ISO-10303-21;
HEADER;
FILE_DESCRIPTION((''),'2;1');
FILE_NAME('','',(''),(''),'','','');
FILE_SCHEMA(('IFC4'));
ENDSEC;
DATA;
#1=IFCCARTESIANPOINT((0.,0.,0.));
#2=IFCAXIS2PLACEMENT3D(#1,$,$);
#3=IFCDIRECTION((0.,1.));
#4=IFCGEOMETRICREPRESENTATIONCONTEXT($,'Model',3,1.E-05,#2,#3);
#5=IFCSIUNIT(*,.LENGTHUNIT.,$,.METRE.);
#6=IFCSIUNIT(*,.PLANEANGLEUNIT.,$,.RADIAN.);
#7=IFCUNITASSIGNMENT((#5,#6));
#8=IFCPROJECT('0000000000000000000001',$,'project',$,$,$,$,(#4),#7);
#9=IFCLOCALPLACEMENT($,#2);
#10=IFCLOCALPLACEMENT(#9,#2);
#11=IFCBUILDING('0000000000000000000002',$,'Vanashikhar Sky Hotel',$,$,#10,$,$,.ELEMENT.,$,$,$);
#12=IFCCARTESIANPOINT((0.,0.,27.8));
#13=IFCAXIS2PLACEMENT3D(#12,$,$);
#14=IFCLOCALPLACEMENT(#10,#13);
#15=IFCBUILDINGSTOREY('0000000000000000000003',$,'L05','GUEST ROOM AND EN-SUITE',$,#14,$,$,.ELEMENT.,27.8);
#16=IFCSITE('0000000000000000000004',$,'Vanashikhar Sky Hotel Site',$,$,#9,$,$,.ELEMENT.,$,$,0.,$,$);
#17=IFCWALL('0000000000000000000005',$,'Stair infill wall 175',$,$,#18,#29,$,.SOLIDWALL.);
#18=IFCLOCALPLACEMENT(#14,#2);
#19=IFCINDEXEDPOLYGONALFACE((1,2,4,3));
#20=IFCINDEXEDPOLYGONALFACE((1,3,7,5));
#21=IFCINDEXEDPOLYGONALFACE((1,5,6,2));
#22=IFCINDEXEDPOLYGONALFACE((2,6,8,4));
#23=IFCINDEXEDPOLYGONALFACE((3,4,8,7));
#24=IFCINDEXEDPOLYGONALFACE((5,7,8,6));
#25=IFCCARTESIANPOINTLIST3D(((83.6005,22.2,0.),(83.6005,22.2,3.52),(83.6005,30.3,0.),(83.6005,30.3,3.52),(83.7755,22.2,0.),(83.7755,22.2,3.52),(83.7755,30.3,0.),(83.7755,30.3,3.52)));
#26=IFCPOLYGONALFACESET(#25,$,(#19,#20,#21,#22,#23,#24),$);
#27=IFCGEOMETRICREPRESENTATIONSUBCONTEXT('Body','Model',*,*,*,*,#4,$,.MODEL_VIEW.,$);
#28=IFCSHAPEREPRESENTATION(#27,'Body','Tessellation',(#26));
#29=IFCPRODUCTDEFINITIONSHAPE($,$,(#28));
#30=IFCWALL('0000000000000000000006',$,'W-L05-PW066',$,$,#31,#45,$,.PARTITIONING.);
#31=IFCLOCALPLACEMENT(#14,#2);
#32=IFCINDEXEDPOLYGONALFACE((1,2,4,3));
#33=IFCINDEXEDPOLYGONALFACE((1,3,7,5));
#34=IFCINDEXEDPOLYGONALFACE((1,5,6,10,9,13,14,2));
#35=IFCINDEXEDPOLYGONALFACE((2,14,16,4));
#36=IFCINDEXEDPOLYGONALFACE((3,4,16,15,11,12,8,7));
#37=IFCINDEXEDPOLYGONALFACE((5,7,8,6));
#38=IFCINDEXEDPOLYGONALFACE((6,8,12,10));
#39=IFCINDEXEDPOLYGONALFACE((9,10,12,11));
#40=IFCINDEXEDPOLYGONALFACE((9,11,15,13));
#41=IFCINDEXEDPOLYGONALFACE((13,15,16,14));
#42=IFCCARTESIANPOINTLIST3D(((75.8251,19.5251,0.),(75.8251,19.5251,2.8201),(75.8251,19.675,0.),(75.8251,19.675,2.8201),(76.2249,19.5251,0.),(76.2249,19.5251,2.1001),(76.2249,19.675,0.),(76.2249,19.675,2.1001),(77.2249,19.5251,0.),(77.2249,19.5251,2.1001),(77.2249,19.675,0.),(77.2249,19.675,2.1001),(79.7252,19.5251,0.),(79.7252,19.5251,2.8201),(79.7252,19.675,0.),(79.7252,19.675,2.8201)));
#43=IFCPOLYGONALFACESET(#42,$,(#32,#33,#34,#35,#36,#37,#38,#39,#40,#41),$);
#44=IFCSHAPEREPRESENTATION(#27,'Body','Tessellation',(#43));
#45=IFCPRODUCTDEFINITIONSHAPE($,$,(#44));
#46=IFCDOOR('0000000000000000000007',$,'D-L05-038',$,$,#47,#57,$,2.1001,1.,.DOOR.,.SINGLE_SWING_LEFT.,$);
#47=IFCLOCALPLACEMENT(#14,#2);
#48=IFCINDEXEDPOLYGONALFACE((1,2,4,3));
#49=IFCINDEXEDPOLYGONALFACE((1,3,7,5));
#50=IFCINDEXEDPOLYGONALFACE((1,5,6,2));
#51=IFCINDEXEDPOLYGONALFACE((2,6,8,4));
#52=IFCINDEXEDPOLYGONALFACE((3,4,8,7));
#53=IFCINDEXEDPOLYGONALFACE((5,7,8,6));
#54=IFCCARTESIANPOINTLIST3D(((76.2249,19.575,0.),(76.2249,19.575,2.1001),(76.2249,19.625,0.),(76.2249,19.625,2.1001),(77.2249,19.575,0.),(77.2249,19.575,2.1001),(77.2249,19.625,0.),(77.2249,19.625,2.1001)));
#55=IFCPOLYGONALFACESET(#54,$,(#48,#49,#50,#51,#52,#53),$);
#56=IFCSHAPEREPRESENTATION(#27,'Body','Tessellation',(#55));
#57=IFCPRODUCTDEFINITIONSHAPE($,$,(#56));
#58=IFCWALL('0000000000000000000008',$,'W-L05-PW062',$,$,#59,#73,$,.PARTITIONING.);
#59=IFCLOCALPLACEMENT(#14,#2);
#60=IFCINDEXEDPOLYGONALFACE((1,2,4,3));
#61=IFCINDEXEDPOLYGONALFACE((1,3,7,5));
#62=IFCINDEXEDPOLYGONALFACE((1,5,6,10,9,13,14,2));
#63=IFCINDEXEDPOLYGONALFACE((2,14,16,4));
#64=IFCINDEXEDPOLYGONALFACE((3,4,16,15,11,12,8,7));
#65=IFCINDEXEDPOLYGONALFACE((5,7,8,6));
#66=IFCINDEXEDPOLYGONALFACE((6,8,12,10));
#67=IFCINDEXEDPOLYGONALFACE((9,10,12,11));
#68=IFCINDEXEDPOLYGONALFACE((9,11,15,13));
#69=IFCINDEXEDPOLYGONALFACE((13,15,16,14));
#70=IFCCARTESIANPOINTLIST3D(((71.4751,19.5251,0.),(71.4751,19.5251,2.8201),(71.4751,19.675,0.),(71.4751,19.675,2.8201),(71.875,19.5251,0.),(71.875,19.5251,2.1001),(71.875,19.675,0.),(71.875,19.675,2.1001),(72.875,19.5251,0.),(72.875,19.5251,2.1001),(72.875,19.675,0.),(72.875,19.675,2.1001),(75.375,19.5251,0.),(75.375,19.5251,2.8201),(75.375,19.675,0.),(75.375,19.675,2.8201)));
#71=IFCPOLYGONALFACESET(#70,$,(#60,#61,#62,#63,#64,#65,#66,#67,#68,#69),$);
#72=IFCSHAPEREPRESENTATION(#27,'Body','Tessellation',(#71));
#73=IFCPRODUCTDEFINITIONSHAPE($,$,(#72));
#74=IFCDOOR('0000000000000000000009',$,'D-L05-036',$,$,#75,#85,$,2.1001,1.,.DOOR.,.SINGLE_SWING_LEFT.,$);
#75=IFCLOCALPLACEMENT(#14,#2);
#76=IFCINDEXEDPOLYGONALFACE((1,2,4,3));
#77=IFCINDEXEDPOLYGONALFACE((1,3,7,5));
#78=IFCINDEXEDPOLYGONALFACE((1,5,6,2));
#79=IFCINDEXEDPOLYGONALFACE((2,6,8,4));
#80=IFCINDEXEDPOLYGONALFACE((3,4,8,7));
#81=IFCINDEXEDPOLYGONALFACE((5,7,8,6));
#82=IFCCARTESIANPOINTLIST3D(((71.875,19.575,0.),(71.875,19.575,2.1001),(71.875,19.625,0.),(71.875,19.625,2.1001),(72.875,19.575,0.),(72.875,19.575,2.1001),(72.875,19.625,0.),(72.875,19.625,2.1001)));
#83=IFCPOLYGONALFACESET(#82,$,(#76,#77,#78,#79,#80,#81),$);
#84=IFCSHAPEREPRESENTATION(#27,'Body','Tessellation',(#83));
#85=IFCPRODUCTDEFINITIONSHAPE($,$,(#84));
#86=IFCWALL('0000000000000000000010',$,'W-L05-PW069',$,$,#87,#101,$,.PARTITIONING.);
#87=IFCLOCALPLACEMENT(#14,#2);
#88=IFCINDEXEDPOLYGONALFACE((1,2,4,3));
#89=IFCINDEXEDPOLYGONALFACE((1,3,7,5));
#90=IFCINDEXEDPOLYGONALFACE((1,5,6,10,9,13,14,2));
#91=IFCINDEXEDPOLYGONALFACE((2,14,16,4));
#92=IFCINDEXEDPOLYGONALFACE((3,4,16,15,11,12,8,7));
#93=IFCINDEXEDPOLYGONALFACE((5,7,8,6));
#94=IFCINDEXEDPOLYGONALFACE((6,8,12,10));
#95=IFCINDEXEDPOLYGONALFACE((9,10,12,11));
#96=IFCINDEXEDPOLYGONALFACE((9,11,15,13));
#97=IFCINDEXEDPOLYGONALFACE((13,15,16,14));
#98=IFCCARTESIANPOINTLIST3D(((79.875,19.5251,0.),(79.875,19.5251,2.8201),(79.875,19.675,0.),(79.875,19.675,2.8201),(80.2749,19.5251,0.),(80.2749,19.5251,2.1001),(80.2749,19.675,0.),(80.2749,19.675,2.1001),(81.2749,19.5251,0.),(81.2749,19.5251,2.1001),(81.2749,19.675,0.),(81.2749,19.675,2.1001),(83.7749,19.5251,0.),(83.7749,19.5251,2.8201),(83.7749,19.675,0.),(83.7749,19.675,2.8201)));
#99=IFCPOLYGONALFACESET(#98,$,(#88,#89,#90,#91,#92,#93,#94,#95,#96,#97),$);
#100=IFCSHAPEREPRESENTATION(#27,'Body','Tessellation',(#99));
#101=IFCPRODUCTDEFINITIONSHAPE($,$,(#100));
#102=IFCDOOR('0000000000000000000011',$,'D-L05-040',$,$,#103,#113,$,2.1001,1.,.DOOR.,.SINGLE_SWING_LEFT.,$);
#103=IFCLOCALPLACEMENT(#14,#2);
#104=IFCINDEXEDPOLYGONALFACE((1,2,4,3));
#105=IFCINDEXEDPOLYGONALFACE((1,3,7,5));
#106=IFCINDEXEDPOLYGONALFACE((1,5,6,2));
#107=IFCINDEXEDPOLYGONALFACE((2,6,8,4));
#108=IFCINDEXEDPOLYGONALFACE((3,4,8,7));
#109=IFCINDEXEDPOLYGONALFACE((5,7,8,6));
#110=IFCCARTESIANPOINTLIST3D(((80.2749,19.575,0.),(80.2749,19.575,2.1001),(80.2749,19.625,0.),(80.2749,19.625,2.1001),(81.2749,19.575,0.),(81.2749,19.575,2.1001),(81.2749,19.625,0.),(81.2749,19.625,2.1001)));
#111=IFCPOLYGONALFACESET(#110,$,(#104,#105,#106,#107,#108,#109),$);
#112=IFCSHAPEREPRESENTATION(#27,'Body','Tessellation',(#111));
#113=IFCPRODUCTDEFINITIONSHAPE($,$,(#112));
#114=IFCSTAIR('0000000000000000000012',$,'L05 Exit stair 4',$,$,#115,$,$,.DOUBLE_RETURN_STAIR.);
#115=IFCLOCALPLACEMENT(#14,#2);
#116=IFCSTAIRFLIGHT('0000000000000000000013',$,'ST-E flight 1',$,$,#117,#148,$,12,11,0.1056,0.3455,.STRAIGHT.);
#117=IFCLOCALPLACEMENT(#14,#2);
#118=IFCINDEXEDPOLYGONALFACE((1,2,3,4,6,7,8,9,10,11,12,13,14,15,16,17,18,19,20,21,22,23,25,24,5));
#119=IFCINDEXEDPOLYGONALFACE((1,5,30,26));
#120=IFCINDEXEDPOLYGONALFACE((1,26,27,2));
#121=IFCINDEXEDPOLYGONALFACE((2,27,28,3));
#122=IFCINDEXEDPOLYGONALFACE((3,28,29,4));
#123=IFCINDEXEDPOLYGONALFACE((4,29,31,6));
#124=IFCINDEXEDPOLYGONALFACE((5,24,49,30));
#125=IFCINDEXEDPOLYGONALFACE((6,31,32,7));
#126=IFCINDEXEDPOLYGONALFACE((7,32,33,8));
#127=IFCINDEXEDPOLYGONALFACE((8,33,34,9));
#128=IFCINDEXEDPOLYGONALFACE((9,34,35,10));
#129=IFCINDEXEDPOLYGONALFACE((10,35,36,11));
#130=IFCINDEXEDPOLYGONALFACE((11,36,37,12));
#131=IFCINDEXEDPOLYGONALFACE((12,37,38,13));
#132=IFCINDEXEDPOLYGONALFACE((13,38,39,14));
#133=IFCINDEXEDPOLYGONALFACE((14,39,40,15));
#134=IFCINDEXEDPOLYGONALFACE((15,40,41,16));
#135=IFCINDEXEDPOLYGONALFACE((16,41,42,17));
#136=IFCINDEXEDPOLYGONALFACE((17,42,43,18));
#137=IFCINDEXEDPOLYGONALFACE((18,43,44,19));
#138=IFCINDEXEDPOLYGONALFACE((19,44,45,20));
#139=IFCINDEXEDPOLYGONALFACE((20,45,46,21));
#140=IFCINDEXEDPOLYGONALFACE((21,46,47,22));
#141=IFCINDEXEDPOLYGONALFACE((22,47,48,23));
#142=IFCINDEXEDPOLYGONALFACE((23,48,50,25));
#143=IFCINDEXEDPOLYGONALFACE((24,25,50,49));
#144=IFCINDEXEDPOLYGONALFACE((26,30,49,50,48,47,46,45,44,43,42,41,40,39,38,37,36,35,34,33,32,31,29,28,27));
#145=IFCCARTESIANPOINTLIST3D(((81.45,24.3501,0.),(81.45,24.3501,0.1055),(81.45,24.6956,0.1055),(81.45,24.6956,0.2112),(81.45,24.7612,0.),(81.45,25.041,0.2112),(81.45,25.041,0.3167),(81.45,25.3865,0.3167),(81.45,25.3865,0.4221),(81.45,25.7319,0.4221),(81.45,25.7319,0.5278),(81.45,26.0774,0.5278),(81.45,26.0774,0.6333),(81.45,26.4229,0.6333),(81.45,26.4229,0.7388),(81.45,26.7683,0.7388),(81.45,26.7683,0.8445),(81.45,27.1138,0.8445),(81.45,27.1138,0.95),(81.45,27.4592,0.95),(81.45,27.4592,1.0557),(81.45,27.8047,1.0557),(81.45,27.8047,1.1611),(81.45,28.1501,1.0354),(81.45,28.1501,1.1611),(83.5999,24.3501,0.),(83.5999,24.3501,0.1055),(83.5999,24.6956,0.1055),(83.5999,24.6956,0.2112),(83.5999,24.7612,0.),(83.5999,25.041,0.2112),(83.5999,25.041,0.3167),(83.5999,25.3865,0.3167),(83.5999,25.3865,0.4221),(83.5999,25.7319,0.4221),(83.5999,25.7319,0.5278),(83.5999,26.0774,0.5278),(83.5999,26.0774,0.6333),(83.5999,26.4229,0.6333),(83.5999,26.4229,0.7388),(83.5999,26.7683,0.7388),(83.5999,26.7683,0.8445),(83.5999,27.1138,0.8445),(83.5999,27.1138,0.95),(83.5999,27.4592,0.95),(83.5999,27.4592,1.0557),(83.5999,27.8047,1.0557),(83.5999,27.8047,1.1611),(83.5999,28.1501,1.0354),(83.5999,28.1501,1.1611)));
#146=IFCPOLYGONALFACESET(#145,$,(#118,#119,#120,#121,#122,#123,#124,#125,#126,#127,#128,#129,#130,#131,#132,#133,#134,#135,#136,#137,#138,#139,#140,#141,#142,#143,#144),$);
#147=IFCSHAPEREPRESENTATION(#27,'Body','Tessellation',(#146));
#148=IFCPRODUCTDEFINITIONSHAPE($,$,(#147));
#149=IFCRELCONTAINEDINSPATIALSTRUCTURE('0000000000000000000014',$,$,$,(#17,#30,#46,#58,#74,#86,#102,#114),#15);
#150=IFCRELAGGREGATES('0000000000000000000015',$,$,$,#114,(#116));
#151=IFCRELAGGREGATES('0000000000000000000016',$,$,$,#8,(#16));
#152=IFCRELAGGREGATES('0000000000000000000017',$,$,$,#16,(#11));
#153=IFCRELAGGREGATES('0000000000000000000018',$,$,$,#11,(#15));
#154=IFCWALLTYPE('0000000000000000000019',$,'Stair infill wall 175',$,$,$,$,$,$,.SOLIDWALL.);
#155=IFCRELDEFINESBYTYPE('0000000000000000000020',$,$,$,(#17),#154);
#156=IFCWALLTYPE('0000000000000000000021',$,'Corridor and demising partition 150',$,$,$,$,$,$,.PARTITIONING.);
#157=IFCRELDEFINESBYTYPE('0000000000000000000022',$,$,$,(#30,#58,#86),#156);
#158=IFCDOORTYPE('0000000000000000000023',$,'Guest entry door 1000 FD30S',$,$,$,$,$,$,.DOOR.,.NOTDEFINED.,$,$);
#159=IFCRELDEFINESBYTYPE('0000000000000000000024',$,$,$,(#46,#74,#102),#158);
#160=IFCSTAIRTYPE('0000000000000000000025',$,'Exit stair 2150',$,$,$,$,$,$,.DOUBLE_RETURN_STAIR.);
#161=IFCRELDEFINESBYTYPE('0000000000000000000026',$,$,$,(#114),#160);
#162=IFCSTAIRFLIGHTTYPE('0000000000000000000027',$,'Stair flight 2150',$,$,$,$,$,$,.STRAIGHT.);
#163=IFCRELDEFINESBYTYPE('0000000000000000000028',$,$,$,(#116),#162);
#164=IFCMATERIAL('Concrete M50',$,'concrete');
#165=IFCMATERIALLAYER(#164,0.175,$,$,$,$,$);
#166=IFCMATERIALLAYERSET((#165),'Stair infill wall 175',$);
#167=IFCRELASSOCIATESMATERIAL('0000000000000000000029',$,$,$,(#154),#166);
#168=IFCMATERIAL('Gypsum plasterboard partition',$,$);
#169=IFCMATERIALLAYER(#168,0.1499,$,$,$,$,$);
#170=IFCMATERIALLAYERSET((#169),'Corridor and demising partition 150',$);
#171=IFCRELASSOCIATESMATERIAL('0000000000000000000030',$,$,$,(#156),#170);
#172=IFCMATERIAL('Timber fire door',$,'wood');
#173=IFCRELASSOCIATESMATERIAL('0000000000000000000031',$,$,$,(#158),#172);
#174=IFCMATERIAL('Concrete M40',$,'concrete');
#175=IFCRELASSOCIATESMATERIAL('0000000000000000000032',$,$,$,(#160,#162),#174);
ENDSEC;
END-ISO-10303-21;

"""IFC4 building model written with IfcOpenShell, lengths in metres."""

from ifc_helpers import new_model, si_unit, direction, frame, frame_2d, origin, place, context, subcontext, project, spatial, polyline, rectangle, outline, extrude, source, transform, mapped, material, layer, layer_set, type_object, element, fill, aggregate, save


model = new_model("IFC4")

# Units and contexts
model_context = context("Model", 3, precision=1e-05, world=origin(), true_north=direction((0.0, 1.0)))
body_context = subcontext(model_context, "Body", "Model", "MODEL_VIEW")
ifc_project = project(units=[si_unit("LENGTHUNIT", "METRE"), si_unit("PLANEANGLEUNIT", "RADIAN")], contexts=[model_context])

# Site, building, storey
site_placement = place(None, origin())
site = spatial("IfcSite", under=ifc_project, at=site_placement, Name="Vanashikhar Sky Hotel Site", CompositionType="ELEMENT", RefElevation=0.0)
building_placement = place(site_placement, origin())
building = spatial("IfcBuilding", under=site, at=building_placement, Name="Vanashikhar Sky Hotel", CompositionType="ELEMENT")
storey_placement = place(building_placement, frame((0.0, 0.0, 27.8)))
storey = spatial("IfcBuildingStorey", under=building, at=storey_placement, Name="L05", Description="GUEST ROOM AND EN-SUITE", CompositionType="ELEMENT", Elevation=27.8)

# Shared definitions
ifc_material_1 = material(Name="Concrete M50", Category="concrete")

# Shared definitions
shared_shape_1 = source(origin(), body_context, "Body", "SweptSolid", [
    extrude(rectangle(XDim=1.0, YDim=2.1001, at=frame_2d((0.5, 1.05))), frame((0.0, 0.0249, 0.0), z_axis=(0.0, -1.0, 0.0), x_axis=(1.0, 0.0, 0.0)), (0.0, 0.0, 1.0), 0.05),
])

# Wall
ifc_layer_1 = layer(ifc_material_1, 0.175)
ifc_layer_set_1 = layer_set([ifc_layer_1], Name="Stair infill wall 175")
wall_type_1 = type_object("IfcWallType", Name="Stair infill wall 175", PredefinedType="SOLIDWALL", material=ifc_layer_set_1)
shared_shape_2 = source(origin(), body_context, "Body", "SweptSolid", [
    extrude(rectangle(XDim=8.1001, YDim=0.175, at=frame_2d((4.05, 0.0))), origin(), (0.0, 0.0, 1.0), 3.52),
])
wall_1_placement = place(storey_placement, frame((83.688, 22.2, 0.0), z_axis=(0.0, 0.0, 1.0), x_axis=(0.0, 1.0, 0.0)))
element("IfcWall", 1, at=wall_1_placement, inside=storey, type_object=wall_type_1, Name="Stair infill wall 175", PredefinedType="SOLIDWALL", context=body_context, shape_type="MappedRepresentation", body=[
    mapped(shared_shape_2, transform((0.0, 0.0, 0.0), scale=1.0)),
])

# Walls, openings, doors
ifc_material_2 = material(Name="Gypsum plasterboard partition")
ifc_layer_2 = layer(ifc_material_2, 0.1499)
ifc_layer_set_2 = layer_set([ifc_layer_2], Name="Corridor and demising partition 150")
wall_type_2 = type_object("IfcWallType", Name="Corridor and demising partition 150", PredefinedType="PARTITIONING", material=ifc_layer_set_2)
shared_shape_3 = source(origin(), body_context, "Body", "SweptSolid", [
    extrude(rectangle(XDim=3.9001, YDim=0.1499, at=frame_2d((1.9502, 0.0))), origin(), (0.0, 0.0, 1.0), 2.8201),
])
wall_2_placement = place(storey_placement, frame((75.825, 19.6001, 0.0), z_axis=(0.0, 0.0, 1.0), x_axis=(1.0, 0.0, 0.0)))
wall_2 = element("IfcWall", 2, at=wall_2_placement, inside=storey, type_object=wall_type_2, Name="W-L05-PW066", PredefinedType="PARTITIONING", context=body_context, shape_type="MappedRepresentation", body=[
    mapped(shared_shape_3, transform((0.0, 0.0, 0.0), scale=1.0)),
])
shared_shape_4 = source(origin(), body_context, "Body", "SweptSolid", [
    extrude(rectangle(XDim=1.0, YDim=2.1001, at=frame_2d((0.5, 1.05))), frame((0.0, 0.085, 0.0), z_axis=(0.0, -1.0, 0.0), x_axis=(1.0, 0.0, 0.0)), (0.0, 0.0, 1.0), 0.1699),
])
opening_1_placement = place(wall_2_placement, frame((0.3999, 0.0, 0.0)))
opening_1 = element("IfcOpeningElement", 3, at=opening_1_placement, cuts=wall_2, PredefinedType="OPENING", context=body_context, shape_type="MappedRepresentation", body=[
    mapped(shared_shape_4, transform((0.0, 0.0, 0.0), scale=1.0)),
])
ifc_material_3 = material(Name="Timber fire door", Category="wood")
door_type_1 = type_object("IfcDoorType", Name="Guest entry door 1000 FD30S", OperationType="NOTDEFINED", PredefinedType="DOOR", material=ifc_material_3)
door_1_placement = place(opening_1_placement, origin())
door_1 = element("IfcDoor", 4, at=door_1_placement, inside=storey, type_object=door_type_1, Name="D-L05-038", OperationType="SINGLE_SWING_LEFT", OverallHeight=2.1001, OverallWidth=1.0, PredefinedType="DOOR", context=body_context, shape_type="MappedRepresentation", body=[
    mapped(shared_shape_1, transform((0.0, 0.0, 0.0), scale=1.0)),
])
fill(opening_1, door_1)
shared_shape_5 = source(origin(), body_context, "Body", "SweptSolid", [
    extrude(rectangle(XDim=3.8999, YDim=0.1499, at=frame_2d((1.95, 0.0))), origin(), (0.0, 0.0, 1.0), 2.8201),
])
wall_3_placement = place(storey_placement, frame((71.4751, 19.6001, 0.0), z_axis=(0.0, 0.0, 1.0), x_axis=(1.0, 0.0, 0.0)))
wall_3 = element("IfcWall", 5, at=wall_3_placement, inside=storey, type_object=wall_type_2, Name="W-L05-PW062", PredefinedType="PARTITIONING", context=body_context, shape_type="MappedRepresentation", body=[
    mapped(shared_shape_5, transform((0.0, 0.0, 0.0), scale=1.0)),
])
opening_2_placement = place(wall_3_placement, frame((0.3999, 0.0, 0.0)))
opening_2 = element("IfcOpeningElement", 6, at=opening_2_placement, cuts=wall_3, PredefinedType="OPENING", context=body_context, shape_type="MappedRepresentation", body=[
    mapped(shared_shape_4, transform((0.0, 0.0, 0.0), scale=1.0)),
])
door_2_placement = place(opening_2_placement, origin())
door_2 = element("IfcDoor", 7, at=door_2_placement, inside=storey, type_object=door_type_1, Name="D-L05-036", OperationType="SINGLE_SWING_LEFT", OverallHeight=2.1001, OverallWidth=1.0, PredefinedType="DOOR", context=body_context, shape_type="MappedRepresentation", body=[
    mapped(shared_shape_1, transform((0.0, 0.0, 0.0), scale=1.0)),
])
fill(opening_2, door_2)
wall_4_placement = place(storey_placement, frame((79.875, 19.6001, 0.0), z_axis=(0.0, 0.0, 1.0), x_axis=(1.0, 0.0, 0.0)))
wall_4 = element("IfcWall", 8, at=wall_4_placement, inside=storey, type_object=wall_type_2, Name="W-L05-PW069", PredefinedType="PARTITIONING", context=body_context, shape_type="MappedRepresentation", body=[
    mapped(shared_shape_5, transform((0.0, 0.0, 0.0), scale=1.0)),
])
opening_3_placement = place(wall_4_placement, frame((0.3999, 0.0, 0.0)))
opening_3 = element("IfcOpeningElement", 9, at=opening_3_placement, cuts=wall_4, PredefinedType="OPENING", context=body_context, shape_type="MappedRepresentation", body=[
    mapped(shared_shape_4, transform((0.0, 0.0, 0.0), scale=1.0)),
])
door_3_placement = place(opening_3_placement, origin())
door_3 = element("IfcDoor", 10, at=door_3_placement, inside=storey, type_object=door_type_1, Name="D-L05-040", OperationType="SINGLE_SWING_LEFT", OverallHeight=2.1001, OverallWidth=1.0, PredefinedType="DOOR", context=body_context, shape_type="MappedRepresentation", body=[
    mapped(shared_shape_1, transform((0.0, 0.0, 0.0), scale=1.0)),
])
fill(opening_3, door_3)

# Stair, stair flight
ifc_material_4 = material(Name="Concrete M40", Category="concrete")
stair_type = type_object("IfcStairType", Name="Exit stair 2150", PredefinedType="DOUBLE_RETURN_STAIR", material=ifc_material_4)
stair_placement = place(storey_placement, origin())
stair = element("IfcStair", 11, at=stair_placement, inside=storey, type_object=stair_type, Name="L05 Exit stair 4", PredefinedType="DOUBLE_RETURN_STAIR")
stair_flight_type = type_object("IfcStairFlightType", Name="Stair flight 2150", PredefinedType="STRAIGHT", material=ifc_material_4)
shared_shape_6 = source(origin(), body_context, "Body", "SweptSolid", [
    extrude(outline(polyline([(0.0, 0.0), (0.0, 0.1055), (0.3455, 0.1055), (0.3455, 0.2112), (0.6909, 0.2112), (0.6909, 0.3167), (1.0364, 0.3167), (1.0364, 0.4221), (1.3818, 0.4221), (1.3818, 0.5278), (1.7273, 0.5278), (1.7273, 0.6333), (2.0728, 0.6333), (2.0728, 0.7388), (2.4182, 0.7388), (2.4182, 0.8445), (2.7637, 0.8445), (2.7637, 0.95), (3.1091, 0.95), (3.1091, 1.0557), (3.4546, 1.0557), (3.4546, 1.1611), (3.8, 1.1611), (3.8, 1.2666), (3.8, 1.0354), (0.4111, 0.0), (0.0, 0.0)])), frame((0.0, 1.075, 0.0), z_axis=(0.0, -1.0, 0.0), x_axis=(1.0, 0.0, 0.0)), (0.0, 0.0, 1.0), 2.1499),
])
stair_flight_1_placement = place(storey_placement, frame((82.5249, 24.3501, 0.0), z_axis=(0.0, 0.0, 1.0), x_axis=(0.0, 1.0, 0.0)))
stair_flight_1 = element("IfcStairFlight", 12, at=stair_flight_1_placement, type_object=stair_flight_type, Name="ST-E flight 1", NumberOfRisers=12, NumberOfTreads=11, PredefinedType="STRAIGHT", RiserHeight=0.1056, TreadLength=0.3455, context=body_context, shape_type="MappedRepresentation", body=[
    mapped(shared_shape_6, transform((0.0, 0.0, 0.0), scale=1.0)),
])
aggregate(stair, [stair_flight_1])

save(model, "model.ifc")
